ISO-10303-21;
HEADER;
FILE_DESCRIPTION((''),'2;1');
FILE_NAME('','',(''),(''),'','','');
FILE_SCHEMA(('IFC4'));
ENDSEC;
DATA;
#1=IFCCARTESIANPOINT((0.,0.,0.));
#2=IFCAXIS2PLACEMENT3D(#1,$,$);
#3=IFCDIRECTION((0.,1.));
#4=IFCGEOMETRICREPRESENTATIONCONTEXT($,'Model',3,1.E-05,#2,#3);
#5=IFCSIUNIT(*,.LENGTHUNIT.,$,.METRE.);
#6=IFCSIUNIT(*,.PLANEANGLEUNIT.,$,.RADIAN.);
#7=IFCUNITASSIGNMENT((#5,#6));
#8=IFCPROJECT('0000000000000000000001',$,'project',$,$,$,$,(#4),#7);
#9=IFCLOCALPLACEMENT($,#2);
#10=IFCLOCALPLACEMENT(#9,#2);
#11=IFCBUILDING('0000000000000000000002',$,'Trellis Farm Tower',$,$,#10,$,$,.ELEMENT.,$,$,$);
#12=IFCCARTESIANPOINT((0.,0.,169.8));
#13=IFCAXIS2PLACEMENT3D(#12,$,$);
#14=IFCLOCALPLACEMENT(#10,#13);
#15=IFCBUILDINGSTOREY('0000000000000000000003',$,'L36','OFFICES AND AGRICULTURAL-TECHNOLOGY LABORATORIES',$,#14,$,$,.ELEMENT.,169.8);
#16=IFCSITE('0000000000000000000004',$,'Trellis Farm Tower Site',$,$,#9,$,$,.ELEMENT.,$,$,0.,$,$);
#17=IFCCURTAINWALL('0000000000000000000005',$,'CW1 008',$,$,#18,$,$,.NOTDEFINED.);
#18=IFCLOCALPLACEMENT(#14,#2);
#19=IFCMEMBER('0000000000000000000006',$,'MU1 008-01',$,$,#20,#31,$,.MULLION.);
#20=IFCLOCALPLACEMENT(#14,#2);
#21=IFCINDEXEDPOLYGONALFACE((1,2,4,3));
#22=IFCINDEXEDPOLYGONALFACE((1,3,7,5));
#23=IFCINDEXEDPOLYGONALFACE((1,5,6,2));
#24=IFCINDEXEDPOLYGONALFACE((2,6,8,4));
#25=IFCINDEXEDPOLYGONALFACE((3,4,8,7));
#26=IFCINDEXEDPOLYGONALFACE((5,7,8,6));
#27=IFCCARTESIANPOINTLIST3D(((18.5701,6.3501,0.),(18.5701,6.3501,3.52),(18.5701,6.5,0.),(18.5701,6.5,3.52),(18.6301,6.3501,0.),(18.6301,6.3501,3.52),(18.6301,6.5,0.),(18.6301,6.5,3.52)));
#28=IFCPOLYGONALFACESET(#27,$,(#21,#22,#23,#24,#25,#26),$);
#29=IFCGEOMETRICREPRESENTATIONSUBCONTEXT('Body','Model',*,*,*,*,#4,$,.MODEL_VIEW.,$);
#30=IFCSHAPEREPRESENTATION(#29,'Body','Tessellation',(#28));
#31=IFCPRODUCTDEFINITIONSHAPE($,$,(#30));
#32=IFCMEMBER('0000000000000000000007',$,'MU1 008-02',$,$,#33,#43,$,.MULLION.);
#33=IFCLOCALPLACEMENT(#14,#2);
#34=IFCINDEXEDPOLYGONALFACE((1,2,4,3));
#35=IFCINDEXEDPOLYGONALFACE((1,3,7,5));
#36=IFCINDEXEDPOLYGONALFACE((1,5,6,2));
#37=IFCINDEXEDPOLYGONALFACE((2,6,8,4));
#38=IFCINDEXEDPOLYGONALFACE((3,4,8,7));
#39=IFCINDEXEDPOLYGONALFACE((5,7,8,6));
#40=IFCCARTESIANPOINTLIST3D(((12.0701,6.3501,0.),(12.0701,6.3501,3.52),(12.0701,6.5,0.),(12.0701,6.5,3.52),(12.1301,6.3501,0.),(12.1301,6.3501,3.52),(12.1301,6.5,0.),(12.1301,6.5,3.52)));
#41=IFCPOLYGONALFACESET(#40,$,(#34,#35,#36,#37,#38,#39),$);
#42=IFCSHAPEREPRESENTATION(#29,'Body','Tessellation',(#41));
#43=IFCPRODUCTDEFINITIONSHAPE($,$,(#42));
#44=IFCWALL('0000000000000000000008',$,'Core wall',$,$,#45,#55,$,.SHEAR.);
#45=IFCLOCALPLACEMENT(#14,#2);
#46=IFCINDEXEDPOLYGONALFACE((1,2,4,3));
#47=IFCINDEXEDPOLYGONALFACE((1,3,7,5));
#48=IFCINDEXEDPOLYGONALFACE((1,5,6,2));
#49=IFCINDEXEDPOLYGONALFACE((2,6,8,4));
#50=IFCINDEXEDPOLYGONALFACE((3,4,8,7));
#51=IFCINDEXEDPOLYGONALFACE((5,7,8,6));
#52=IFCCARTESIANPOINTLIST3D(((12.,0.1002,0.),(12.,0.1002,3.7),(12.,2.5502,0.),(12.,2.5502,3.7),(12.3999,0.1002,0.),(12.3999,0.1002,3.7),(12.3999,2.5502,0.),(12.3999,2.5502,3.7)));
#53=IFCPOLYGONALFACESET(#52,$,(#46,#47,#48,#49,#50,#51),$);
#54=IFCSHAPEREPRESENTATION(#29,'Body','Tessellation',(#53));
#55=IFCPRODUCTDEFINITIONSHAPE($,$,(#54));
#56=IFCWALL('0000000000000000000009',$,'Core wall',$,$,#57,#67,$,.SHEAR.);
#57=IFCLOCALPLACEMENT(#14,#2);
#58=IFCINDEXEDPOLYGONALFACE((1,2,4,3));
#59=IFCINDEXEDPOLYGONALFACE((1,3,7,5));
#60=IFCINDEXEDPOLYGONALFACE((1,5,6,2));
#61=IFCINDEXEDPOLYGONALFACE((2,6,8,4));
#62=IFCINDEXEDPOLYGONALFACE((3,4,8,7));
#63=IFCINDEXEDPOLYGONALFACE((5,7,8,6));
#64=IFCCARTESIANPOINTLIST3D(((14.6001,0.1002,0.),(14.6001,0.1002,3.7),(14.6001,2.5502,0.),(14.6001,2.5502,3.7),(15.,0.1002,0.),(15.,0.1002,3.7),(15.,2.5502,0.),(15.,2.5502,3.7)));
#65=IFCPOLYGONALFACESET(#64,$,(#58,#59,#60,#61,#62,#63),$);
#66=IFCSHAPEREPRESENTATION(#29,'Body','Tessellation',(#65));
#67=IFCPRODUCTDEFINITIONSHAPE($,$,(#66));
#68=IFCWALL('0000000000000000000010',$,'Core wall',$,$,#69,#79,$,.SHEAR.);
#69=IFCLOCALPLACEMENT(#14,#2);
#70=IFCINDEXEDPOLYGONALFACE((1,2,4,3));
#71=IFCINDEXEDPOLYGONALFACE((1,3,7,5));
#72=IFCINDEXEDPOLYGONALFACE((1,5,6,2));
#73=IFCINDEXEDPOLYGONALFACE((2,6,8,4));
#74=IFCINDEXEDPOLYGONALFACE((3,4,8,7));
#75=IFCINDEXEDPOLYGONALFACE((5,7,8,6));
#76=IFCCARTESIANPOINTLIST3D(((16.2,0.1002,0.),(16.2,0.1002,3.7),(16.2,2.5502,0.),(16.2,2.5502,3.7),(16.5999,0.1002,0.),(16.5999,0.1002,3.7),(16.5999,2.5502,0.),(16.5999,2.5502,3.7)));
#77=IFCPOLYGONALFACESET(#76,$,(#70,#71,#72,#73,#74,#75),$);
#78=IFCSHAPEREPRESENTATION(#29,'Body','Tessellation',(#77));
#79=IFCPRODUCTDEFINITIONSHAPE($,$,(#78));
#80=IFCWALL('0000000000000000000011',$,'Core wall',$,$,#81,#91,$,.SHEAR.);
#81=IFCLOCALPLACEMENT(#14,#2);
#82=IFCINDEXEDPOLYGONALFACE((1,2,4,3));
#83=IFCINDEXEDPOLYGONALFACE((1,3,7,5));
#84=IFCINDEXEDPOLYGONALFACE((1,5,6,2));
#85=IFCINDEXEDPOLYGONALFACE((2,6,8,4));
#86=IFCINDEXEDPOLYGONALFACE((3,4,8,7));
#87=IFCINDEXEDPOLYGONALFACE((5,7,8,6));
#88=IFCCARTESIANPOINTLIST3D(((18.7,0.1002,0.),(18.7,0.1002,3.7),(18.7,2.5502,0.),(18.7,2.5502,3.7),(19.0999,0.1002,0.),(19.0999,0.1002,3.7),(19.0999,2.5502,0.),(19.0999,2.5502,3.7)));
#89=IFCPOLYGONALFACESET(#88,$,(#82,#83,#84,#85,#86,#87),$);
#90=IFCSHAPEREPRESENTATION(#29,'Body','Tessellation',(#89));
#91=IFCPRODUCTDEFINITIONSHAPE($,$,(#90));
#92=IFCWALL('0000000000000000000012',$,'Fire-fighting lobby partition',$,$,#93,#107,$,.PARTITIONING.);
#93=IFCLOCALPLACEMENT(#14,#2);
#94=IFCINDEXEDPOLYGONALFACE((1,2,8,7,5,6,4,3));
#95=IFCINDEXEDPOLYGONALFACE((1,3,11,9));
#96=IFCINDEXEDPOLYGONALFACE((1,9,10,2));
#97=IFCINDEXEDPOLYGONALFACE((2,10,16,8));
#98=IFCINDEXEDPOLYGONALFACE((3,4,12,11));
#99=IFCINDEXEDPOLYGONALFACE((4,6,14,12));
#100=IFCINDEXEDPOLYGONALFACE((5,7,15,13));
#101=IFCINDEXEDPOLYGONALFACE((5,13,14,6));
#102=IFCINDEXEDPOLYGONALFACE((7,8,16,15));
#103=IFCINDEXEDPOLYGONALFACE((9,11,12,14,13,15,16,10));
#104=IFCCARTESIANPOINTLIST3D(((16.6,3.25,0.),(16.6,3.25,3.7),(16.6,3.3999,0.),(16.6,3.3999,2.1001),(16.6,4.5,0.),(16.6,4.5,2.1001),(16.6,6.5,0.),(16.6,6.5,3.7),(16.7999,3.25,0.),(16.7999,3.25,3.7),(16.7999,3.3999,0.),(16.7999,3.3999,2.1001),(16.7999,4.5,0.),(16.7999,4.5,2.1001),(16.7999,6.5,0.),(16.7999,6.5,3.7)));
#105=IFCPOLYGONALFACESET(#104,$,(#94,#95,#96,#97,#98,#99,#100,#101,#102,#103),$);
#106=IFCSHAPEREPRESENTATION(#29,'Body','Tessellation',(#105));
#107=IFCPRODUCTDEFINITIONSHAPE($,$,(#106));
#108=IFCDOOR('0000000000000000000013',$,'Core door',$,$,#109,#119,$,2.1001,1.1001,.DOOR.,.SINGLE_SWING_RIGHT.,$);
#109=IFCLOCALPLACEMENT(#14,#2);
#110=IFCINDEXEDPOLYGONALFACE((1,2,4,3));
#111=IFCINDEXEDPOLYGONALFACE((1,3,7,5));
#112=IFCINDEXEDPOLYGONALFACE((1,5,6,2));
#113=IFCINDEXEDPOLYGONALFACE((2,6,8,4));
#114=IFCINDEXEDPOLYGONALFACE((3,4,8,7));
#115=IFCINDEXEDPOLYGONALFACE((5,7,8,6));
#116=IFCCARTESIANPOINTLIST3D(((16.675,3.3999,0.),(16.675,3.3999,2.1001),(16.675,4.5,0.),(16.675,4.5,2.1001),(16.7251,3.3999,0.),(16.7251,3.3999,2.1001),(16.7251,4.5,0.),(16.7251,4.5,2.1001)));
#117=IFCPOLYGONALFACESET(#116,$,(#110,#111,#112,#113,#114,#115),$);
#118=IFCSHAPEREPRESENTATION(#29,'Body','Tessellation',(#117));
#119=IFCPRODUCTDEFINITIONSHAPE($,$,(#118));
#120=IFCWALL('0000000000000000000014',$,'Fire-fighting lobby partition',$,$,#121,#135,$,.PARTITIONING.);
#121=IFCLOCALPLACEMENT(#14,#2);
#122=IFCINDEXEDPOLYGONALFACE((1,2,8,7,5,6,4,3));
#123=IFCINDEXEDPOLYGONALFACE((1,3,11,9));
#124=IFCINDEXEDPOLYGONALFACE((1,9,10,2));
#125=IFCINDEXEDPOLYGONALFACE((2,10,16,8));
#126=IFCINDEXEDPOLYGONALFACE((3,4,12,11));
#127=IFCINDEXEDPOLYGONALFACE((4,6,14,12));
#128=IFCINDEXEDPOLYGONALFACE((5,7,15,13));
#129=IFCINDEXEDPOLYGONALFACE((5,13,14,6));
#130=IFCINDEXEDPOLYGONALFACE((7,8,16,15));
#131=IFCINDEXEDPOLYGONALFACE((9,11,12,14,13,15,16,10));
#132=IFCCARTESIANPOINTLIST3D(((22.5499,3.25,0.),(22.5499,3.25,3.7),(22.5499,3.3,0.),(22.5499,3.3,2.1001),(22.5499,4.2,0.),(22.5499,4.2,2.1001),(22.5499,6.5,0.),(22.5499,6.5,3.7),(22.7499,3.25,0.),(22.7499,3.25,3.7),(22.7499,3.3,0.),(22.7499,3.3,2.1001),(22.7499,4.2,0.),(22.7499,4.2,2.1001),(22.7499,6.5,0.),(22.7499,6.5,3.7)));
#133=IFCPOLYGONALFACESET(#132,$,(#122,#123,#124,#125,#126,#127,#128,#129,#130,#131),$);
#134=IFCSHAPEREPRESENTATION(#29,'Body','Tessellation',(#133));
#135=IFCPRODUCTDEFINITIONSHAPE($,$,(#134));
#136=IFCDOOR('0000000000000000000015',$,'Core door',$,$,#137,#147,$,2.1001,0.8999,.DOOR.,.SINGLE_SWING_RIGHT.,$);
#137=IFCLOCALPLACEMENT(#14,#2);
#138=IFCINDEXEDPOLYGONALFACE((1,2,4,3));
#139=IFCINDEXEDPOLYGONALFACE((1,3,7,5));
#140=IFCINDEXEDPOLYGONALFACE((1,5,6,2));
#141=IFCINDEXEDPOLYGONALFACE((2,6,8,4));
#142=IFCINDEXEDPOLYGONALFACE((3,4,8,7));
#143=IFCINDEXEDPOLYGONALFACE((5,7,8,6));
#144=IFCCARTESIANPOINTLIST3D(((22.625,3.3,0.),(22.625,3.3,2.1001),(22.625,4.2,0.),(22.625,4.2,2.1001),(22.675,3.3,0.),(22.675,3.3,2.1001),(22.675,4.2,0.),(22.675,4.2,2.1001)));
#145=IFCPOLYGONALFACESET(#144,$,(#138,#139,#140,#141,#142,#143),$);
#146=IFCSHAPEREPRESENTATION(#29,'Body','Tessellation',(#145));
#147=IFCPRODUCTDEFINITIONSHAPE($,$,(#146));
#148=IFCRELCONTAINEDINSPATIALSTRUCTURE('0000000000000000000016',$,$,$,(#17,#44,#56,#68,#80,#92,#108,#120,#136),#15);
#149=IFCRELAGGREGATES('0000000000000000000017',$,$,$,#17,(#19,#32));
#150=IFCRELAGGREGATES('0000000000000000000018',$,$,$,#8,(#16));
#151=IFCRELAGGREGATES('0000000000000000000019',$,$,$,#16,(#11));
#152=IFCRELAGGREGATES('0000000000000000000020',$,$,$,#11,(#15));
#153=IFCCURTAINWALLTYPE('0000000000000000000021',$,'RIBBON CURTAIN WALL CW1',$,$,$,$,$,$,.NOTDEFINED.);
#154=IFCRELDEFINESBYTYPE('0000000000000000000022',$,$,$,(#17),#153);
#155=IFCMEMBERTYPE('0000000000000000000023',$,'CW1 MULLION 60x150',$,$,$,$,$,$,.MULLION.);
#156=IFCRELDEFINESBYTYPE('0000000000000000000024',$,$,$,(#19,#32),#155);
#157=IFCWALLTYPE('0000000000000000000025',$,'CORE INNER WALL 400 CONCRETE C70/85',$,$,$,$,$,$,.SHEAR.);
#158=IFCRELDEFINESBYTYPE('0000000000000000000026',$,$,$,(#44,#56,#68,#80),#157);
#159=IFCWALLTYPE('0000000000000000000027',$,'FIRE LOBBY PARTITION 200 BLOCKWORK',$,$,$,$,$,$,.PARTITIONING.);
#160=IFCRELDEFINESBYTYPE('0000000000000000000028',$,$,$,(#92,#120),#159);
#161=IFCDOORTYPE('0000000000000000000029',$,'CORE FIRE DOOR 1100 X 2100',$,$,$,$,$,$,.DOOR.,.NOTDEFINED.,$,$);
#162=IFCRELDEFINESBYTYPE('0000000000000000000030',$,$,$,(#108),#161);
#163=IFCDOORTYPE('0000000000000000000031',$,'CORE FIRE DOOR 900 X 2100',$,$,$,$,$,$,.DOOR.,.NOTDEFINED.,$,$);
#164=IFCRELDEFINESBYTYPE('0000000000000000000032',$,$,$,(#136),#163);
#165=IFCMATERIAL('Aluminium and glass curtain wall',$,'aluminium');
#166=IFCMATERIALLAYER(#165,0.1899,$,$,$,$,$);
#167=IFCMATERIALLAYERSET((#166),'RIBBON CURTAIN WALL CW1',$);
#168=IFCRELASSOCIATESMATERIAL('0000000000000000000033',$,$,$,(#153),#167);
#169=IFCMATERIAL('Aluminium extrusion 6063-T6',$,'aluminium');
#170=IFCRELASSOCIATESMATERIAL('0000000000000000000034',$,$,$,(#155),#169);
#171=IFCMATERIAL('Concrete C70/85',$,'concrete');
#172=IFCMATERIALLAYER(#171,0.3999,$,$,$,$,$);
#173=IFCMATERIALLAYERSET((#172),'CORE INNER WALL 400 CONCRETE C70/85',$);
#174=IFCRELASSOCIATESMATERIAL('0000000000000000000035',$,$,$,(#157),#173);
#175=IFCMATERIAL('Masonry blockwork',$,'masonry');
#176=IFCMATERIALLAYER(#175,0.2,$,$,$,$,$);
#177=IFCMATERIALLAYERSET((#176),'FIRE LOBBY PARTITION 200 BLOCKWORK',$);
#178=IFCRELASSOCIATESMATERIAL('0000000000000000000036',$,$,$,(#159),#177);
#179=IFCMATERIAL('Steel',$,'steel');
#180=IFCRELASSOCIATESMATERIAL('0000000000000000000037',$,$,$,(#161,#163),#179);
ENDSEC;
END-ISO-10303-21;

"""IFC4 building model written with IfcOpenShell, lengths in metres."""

from ifc_helpers import new_model, si_unit, direction, frame, frame_2d, origin, origin_2d, place, context, subcontext, project, spatial, rectangle, extrude, source, transform, mapped, material, layer, layer_set, material_profile, profile_set, type_object, element, fill, aggregate, save


model = new_model("IFC4")

# Units and contexts
model_context = context("Model", 3, precision=1e-05, world=origin(), true_north=direction((0.0, 1.0)))
body_context = subcontext(model_context, "Body", "Model", "MODEL_VIEW")
ifc_project = project(units=[si_unit("LENGTHUNIT", "METRE"), si_unit("PLANEANGLEUNIT", "RADIAN")], contexts=[model_context])

# Site, building, storey
site_placement = place(None, origin())
site = spatial("IfcSite", under=ifc_project, at=site_placement, Name="Trellis Farm Tower Site", CompositionType="ELEMENT", RefElevation=0.0)
building_placement = place(site_placement, origin())
building = spatial("IfcBuilding", under=site, at=building_placement, Name="Trellis Farm Tower", CompositionType="ELEMENT")
storey_placement = place(building_placement, frame((0.0, 0.0, 169.8)))
storey = spatial("IfcBuildingStorey", under=building, at=storey_placement, Name="L36", Description="OFFICES AND AGRICULTURAL-TECHNOLOGY LABORATORIES", CompositionType="ELEMENT", Elevation=169.8)

# Shared definitions
ifc_material_1 = material(Name="Concrete C70/85", Category="concrete")

# Curtain wall, members
ifc_material_2 = material(Name="Aluminium and glass curtain wall", Category="aluminium")
ifc_layer_1 = layer(ifc_material_2, 0.1899)
ifc_layer_set_1 = layer_set([ifc_layer_1], Name="RIBBON CURTAIN WALL CW1")
curtain_wall_type = type_object("IfcCurtainWallType", Name="RIBBON CURTAIN WALL CW1", PredefinedType="NOTDEFINED", material=ifc_layer_set_1)
placement = place(storey_placement, origin())
ifc_material_3 = material(Name="Aluminium extrusion 6063-T6", Category="aluminium")
ifc_material_profile_1 = material_profile(ifc_material_3, rectangle(XDim=0.0601, YDim=0.1499, at=origin_2d()), Name="MULLION 60x150")
ifc_profile_set_1 = profile_set([ifc_material_profile_1], Name="Aluminium extrusion 6063-T6")
member_type = type_object("IfcMemberType", Name="CW1 MULLION 60x150", PredefinedType="MULLION", material=ifc_profile_set_1)
shared_shape_1 = source(origin(), body_context, "Body", "SweptSolid", [
    extrude(rectangle(XDim=0.0601, YDim=0.1499, at=origin_2d()), origin(), (0.0, 0.0, 1.0), 3.52),
])
curtain_wall_1 = element("IfcCurtainWall", 1, at=placement, inside=storey, type_object=curtain_wall_type, Name="CW1 008", PredefinedType="NOTDEFINED")
member_1_placement = place(storey_placement, frame((18.6001, 6.425, 0.0), z_axis=(0.0, 0.0, 1.0), x_axis=(-1.0, 0.0, 0.0)))
member_1 = element("IfcMember", 2, at=member_1_placement, type_object=member_type, Name="MU1 008-01", PredefinedType="MULLION", context=body_context, shape_type="MappedRepresentation", body=[
    mapped(shared_shape_1, transform((0.0, 0.0, 0.0))),
])
member_2_placement = place(storey_placement, frame((12.1001, 6.425, 0.0), z_axis=(0.0, 0.0, 1.0), x_axis=(-1.0, 0.0, 0.0)))
member_2 = element("IfcMember", 3, at=member_2_placement, type_object=member_type, Name="MU1 008-02", PredefinedType="MULLION", context=body_context, shape_type="MappedRepresentation", body=[
    mapped(shared_shape_1, transform((0.0, 0.0, 0.0))),
])
aggregate(curtain_wall_1, [member_1, member_2])

# Walls
ifc_layer_2 = layer(ifc_material_1, 0.3999)
ifc_layer_set_2 = layer_set([ifc_layer_2], Name="CORE INNER WALL 400 CONCRETE C70/85")
wall_type_1 = type_object("IfcWallType", Name="CORE INNER WALL 400 CONCRETE C70/85", PredefinedType="SHEAR", material=ifc_layer_set_2)
shared_shape_2 = source(origin(), body_context, "Body", "SweptSolid", [
    extrude(rectangle(XDim=2.45, YDim=0.3999, at=frame_2d((1.2251, 0.0))), origin(), (0.0, 0.0, 1.0), 3.7),
])
for number, where, z_axis, x_axis, name in (
    (4, (12.2, 0.1001, 0.0), (0.0, 0.0, 1.0), (0.0, 1.0, 0.0), "Core wall"),
    (5, (14.8, 0.1001, 0.0), (0.0, 0.0, 1.0), (0.0, 1.0, 0.0), "Core wall"),
    (6, (16.3999, 0.1001, 0.0), (0.0, 0.0, 1.0), (0.0, 1.0, 0.0), "Core wall"),
    (7, (18.8999, 0.1001, 0.0), (0.0, 0.0, 1.0), (0.0, 1.0, 0.0), "Core wall"),
):
    element("IfcWall", number, at=place(storey_placement, frame(where, z_axis=z_axis, x_axis=x_axis)), inside=storey, type_object=wall_type_1, Name=name, PredefinedType="SHEAR", context=body_context, shape_type="MappedRepresentation", body=[
        mapped(shared_shape_2, transform((0.0, 0.0, 0.0))),
    ])

# Walls, openings, doors
ifc_material_4 = material(Name="Masonry blockwork", Category="masonry")
ifc_layer_3 = layer(ifc_material_4, 0.2)
ifc_layer_set_3 = layer_set([ifc_layer_3], Name="FIRE LOBBY PARTITION 200 BLOCKWORK")
wall_type_2 = type_object("IfcWallType", Name="FIRE LOBBY PARTITION 200 BLOCKWORK", PredefinedType="PARTITIONING", material=ifc_layer_set_3)
shared_shape_3 = source(origin(), body_context, "Body", "SweptSolid", [
    extrude(rectangle(XDim=3.25, YDim=0.2, at=frame_2d((1.625, 0.0))), origin(), (0.0, 0.0, 1.0), 3.7),
])
wall_1_placement = place(storey_placement, frame((16.7, 3.25, 0.0), z_axis=(0.0, 0.0, 1.0), x_axis=(0.0, 1.0, 0.0)))
wall_1 = element("IfcWall", 8, at=wall_1_placement, inside=storey, type_object=wall_type_2, Name="Fire-fighting lobby partition", PredefinedType="PARTITIONING", context=body_context, shape_type="MappedRepresentation", body=[
    mapped(shared_shape_3, transform((0.0, 0.0, 0.0))),
])
shared_shape_4 = source(origin(), body_context, "Body", "SweptSolid", [
    extrude(rectangle(XDim=1.1001, YDim=2.1001, at=frame_2d((0.55, 1.05))), frame((0.0, 0.1101, 0.0), z_axis=(0.0, -1.0, 0.0), x_axis=(1.0, 0.0, 0.0)), (0.0, 0.0, 1.0), 0.2202),
])
opening_1_placement = place(wall_1_placement, frame((0.1499, 0.0, 0.0)))
opening_1 = element("IfcOpeningElement", 9, at=opening_1_placement, cuts=wall_1, PredefinedType="OPENING", context=body_context, shape_type="MappedRepresentation", body=[
    mapped(shared_shape_4, transform((0.0, 0.0, 0.0))),
])
ifc_material_5 = material(Name="Steel", Category="steel")
door_type_1 = type_object("IfcDoorType", Name="CORE FIRE DOOR 1100 X 2100", OperationType="NOTDEFINED", PredefinedType="DOOR", material=ifc_material_5)
shared_shape_5 = source(origin(), body_context, "Body", "SweptSolid", [
    extrude(rectangle(XDim=1.1001, YDim=2.1001, at=frame_2d((0.55, 1.05))), frame((0.0, 0.0249, 0.0), z_axis=(0.0, -1.0, 0.0), x_axis=(1.0, 0.0, 0.0)), (0.0, 0.0, 1.0), 0.05),
])
door_1_placement = place(opening_1_placement, origin())
door_1 = element("IfcDoor", 10, at=door_1_placement, inside=storey, type_object=door_type_1, Name="Core door", OperationType="SINGLE_SWING_RIGHT", OverallHeight=2.1001, OverallWidth=1.1001, PredefinedType="DOOR", context=body_context, shape_type="MappedRepresentation", body=[
    mapped(shared_shape_5, transform((0.0, 0.0, 0.0))),
])
fill(opening_1, door_1)
wall_2_placement = place(storey_placement, frame((22.6499, 3.25, 0.0), z_axis=(0.0, 0.0, 1.0), x_axis=(0.0, 1.0, 0.0)))
wall_2 = element("IfcWall", 11, at=wall_2_placement, inside=storey, type_object=wall_type_2, Name="Fire-fighting lobby partition", PredefinedType="PARTITIONING", context=body_context, shape_type="MappedRepresentation", body=[
    mapped(shared_shape_3, transform((0.0, 0.0, 0.0))),
])
shared_shape_6 = source(origin(), body_context, "Body", "SweptSolid", [
    extrude(rectangle(XDim=0.8999, YDim=2.1001, at=frame_2d((0.45, 1.05))), frame((0.0, 0.1101, 0.0), z_axis=(0.0, -1.0, 0.0), x_axis=(1.0, 0.0, 0.0)), (0.0, 0.0, 1.0), 0.2202),
])
opening_2_placement = place(wall_2_placement, frame((0.05, 0.0, 0.0)))
opening_2 = element("IfcOpeningElement", 12, at=opening_2_placement, cuts=wall_2, PredefinedType="OPENING", context=body_context, shape_type="MappedRepresentation", body=[
    mapped(shared_shape_6, transform((0.0, 0.0, 0.0))),
])
door_type_2 = type_object("IfcDoorType", Name="CORE FIRE DOOR 900 X 2100", OperationType="NOTDEFINED", PredefinedType="DOOR", material=ifc_material_5)
shared_shape_7 = source(origin(), body_context, "Body", "SweptSolid", [
    extrude(rectangle(XDim=0.8999, YDim=2.1001, at=frame_2d((0.45, 1.05))), frame((0.0, 0.0249, 0.0), z_axis=(0.0, -1.0, 0.0), x_axis=(1.0, 0.0, 0.0)), (0.0, 0.0, 1.0), 0.05),
])
door_2_placement = place(opening_2_placement, origin())
door_2 = element("IfcDoor", 13, at=door_2_placement, inside=storey, type_object=door_type_2, Name="Core door", OperationType="SINGLE_SWING_RIGHT", OverallHeight=2.1001, OverallWidth=0.8999, PredefinedType="DOOR", context=body_context, shape_type="MappedRepresentation", body=[
    mapped(shared_shape_7, transform((0.0, 0.0, 0.0))),
])
fill(opening_2, door_2)

save(model, "model.ifc")
